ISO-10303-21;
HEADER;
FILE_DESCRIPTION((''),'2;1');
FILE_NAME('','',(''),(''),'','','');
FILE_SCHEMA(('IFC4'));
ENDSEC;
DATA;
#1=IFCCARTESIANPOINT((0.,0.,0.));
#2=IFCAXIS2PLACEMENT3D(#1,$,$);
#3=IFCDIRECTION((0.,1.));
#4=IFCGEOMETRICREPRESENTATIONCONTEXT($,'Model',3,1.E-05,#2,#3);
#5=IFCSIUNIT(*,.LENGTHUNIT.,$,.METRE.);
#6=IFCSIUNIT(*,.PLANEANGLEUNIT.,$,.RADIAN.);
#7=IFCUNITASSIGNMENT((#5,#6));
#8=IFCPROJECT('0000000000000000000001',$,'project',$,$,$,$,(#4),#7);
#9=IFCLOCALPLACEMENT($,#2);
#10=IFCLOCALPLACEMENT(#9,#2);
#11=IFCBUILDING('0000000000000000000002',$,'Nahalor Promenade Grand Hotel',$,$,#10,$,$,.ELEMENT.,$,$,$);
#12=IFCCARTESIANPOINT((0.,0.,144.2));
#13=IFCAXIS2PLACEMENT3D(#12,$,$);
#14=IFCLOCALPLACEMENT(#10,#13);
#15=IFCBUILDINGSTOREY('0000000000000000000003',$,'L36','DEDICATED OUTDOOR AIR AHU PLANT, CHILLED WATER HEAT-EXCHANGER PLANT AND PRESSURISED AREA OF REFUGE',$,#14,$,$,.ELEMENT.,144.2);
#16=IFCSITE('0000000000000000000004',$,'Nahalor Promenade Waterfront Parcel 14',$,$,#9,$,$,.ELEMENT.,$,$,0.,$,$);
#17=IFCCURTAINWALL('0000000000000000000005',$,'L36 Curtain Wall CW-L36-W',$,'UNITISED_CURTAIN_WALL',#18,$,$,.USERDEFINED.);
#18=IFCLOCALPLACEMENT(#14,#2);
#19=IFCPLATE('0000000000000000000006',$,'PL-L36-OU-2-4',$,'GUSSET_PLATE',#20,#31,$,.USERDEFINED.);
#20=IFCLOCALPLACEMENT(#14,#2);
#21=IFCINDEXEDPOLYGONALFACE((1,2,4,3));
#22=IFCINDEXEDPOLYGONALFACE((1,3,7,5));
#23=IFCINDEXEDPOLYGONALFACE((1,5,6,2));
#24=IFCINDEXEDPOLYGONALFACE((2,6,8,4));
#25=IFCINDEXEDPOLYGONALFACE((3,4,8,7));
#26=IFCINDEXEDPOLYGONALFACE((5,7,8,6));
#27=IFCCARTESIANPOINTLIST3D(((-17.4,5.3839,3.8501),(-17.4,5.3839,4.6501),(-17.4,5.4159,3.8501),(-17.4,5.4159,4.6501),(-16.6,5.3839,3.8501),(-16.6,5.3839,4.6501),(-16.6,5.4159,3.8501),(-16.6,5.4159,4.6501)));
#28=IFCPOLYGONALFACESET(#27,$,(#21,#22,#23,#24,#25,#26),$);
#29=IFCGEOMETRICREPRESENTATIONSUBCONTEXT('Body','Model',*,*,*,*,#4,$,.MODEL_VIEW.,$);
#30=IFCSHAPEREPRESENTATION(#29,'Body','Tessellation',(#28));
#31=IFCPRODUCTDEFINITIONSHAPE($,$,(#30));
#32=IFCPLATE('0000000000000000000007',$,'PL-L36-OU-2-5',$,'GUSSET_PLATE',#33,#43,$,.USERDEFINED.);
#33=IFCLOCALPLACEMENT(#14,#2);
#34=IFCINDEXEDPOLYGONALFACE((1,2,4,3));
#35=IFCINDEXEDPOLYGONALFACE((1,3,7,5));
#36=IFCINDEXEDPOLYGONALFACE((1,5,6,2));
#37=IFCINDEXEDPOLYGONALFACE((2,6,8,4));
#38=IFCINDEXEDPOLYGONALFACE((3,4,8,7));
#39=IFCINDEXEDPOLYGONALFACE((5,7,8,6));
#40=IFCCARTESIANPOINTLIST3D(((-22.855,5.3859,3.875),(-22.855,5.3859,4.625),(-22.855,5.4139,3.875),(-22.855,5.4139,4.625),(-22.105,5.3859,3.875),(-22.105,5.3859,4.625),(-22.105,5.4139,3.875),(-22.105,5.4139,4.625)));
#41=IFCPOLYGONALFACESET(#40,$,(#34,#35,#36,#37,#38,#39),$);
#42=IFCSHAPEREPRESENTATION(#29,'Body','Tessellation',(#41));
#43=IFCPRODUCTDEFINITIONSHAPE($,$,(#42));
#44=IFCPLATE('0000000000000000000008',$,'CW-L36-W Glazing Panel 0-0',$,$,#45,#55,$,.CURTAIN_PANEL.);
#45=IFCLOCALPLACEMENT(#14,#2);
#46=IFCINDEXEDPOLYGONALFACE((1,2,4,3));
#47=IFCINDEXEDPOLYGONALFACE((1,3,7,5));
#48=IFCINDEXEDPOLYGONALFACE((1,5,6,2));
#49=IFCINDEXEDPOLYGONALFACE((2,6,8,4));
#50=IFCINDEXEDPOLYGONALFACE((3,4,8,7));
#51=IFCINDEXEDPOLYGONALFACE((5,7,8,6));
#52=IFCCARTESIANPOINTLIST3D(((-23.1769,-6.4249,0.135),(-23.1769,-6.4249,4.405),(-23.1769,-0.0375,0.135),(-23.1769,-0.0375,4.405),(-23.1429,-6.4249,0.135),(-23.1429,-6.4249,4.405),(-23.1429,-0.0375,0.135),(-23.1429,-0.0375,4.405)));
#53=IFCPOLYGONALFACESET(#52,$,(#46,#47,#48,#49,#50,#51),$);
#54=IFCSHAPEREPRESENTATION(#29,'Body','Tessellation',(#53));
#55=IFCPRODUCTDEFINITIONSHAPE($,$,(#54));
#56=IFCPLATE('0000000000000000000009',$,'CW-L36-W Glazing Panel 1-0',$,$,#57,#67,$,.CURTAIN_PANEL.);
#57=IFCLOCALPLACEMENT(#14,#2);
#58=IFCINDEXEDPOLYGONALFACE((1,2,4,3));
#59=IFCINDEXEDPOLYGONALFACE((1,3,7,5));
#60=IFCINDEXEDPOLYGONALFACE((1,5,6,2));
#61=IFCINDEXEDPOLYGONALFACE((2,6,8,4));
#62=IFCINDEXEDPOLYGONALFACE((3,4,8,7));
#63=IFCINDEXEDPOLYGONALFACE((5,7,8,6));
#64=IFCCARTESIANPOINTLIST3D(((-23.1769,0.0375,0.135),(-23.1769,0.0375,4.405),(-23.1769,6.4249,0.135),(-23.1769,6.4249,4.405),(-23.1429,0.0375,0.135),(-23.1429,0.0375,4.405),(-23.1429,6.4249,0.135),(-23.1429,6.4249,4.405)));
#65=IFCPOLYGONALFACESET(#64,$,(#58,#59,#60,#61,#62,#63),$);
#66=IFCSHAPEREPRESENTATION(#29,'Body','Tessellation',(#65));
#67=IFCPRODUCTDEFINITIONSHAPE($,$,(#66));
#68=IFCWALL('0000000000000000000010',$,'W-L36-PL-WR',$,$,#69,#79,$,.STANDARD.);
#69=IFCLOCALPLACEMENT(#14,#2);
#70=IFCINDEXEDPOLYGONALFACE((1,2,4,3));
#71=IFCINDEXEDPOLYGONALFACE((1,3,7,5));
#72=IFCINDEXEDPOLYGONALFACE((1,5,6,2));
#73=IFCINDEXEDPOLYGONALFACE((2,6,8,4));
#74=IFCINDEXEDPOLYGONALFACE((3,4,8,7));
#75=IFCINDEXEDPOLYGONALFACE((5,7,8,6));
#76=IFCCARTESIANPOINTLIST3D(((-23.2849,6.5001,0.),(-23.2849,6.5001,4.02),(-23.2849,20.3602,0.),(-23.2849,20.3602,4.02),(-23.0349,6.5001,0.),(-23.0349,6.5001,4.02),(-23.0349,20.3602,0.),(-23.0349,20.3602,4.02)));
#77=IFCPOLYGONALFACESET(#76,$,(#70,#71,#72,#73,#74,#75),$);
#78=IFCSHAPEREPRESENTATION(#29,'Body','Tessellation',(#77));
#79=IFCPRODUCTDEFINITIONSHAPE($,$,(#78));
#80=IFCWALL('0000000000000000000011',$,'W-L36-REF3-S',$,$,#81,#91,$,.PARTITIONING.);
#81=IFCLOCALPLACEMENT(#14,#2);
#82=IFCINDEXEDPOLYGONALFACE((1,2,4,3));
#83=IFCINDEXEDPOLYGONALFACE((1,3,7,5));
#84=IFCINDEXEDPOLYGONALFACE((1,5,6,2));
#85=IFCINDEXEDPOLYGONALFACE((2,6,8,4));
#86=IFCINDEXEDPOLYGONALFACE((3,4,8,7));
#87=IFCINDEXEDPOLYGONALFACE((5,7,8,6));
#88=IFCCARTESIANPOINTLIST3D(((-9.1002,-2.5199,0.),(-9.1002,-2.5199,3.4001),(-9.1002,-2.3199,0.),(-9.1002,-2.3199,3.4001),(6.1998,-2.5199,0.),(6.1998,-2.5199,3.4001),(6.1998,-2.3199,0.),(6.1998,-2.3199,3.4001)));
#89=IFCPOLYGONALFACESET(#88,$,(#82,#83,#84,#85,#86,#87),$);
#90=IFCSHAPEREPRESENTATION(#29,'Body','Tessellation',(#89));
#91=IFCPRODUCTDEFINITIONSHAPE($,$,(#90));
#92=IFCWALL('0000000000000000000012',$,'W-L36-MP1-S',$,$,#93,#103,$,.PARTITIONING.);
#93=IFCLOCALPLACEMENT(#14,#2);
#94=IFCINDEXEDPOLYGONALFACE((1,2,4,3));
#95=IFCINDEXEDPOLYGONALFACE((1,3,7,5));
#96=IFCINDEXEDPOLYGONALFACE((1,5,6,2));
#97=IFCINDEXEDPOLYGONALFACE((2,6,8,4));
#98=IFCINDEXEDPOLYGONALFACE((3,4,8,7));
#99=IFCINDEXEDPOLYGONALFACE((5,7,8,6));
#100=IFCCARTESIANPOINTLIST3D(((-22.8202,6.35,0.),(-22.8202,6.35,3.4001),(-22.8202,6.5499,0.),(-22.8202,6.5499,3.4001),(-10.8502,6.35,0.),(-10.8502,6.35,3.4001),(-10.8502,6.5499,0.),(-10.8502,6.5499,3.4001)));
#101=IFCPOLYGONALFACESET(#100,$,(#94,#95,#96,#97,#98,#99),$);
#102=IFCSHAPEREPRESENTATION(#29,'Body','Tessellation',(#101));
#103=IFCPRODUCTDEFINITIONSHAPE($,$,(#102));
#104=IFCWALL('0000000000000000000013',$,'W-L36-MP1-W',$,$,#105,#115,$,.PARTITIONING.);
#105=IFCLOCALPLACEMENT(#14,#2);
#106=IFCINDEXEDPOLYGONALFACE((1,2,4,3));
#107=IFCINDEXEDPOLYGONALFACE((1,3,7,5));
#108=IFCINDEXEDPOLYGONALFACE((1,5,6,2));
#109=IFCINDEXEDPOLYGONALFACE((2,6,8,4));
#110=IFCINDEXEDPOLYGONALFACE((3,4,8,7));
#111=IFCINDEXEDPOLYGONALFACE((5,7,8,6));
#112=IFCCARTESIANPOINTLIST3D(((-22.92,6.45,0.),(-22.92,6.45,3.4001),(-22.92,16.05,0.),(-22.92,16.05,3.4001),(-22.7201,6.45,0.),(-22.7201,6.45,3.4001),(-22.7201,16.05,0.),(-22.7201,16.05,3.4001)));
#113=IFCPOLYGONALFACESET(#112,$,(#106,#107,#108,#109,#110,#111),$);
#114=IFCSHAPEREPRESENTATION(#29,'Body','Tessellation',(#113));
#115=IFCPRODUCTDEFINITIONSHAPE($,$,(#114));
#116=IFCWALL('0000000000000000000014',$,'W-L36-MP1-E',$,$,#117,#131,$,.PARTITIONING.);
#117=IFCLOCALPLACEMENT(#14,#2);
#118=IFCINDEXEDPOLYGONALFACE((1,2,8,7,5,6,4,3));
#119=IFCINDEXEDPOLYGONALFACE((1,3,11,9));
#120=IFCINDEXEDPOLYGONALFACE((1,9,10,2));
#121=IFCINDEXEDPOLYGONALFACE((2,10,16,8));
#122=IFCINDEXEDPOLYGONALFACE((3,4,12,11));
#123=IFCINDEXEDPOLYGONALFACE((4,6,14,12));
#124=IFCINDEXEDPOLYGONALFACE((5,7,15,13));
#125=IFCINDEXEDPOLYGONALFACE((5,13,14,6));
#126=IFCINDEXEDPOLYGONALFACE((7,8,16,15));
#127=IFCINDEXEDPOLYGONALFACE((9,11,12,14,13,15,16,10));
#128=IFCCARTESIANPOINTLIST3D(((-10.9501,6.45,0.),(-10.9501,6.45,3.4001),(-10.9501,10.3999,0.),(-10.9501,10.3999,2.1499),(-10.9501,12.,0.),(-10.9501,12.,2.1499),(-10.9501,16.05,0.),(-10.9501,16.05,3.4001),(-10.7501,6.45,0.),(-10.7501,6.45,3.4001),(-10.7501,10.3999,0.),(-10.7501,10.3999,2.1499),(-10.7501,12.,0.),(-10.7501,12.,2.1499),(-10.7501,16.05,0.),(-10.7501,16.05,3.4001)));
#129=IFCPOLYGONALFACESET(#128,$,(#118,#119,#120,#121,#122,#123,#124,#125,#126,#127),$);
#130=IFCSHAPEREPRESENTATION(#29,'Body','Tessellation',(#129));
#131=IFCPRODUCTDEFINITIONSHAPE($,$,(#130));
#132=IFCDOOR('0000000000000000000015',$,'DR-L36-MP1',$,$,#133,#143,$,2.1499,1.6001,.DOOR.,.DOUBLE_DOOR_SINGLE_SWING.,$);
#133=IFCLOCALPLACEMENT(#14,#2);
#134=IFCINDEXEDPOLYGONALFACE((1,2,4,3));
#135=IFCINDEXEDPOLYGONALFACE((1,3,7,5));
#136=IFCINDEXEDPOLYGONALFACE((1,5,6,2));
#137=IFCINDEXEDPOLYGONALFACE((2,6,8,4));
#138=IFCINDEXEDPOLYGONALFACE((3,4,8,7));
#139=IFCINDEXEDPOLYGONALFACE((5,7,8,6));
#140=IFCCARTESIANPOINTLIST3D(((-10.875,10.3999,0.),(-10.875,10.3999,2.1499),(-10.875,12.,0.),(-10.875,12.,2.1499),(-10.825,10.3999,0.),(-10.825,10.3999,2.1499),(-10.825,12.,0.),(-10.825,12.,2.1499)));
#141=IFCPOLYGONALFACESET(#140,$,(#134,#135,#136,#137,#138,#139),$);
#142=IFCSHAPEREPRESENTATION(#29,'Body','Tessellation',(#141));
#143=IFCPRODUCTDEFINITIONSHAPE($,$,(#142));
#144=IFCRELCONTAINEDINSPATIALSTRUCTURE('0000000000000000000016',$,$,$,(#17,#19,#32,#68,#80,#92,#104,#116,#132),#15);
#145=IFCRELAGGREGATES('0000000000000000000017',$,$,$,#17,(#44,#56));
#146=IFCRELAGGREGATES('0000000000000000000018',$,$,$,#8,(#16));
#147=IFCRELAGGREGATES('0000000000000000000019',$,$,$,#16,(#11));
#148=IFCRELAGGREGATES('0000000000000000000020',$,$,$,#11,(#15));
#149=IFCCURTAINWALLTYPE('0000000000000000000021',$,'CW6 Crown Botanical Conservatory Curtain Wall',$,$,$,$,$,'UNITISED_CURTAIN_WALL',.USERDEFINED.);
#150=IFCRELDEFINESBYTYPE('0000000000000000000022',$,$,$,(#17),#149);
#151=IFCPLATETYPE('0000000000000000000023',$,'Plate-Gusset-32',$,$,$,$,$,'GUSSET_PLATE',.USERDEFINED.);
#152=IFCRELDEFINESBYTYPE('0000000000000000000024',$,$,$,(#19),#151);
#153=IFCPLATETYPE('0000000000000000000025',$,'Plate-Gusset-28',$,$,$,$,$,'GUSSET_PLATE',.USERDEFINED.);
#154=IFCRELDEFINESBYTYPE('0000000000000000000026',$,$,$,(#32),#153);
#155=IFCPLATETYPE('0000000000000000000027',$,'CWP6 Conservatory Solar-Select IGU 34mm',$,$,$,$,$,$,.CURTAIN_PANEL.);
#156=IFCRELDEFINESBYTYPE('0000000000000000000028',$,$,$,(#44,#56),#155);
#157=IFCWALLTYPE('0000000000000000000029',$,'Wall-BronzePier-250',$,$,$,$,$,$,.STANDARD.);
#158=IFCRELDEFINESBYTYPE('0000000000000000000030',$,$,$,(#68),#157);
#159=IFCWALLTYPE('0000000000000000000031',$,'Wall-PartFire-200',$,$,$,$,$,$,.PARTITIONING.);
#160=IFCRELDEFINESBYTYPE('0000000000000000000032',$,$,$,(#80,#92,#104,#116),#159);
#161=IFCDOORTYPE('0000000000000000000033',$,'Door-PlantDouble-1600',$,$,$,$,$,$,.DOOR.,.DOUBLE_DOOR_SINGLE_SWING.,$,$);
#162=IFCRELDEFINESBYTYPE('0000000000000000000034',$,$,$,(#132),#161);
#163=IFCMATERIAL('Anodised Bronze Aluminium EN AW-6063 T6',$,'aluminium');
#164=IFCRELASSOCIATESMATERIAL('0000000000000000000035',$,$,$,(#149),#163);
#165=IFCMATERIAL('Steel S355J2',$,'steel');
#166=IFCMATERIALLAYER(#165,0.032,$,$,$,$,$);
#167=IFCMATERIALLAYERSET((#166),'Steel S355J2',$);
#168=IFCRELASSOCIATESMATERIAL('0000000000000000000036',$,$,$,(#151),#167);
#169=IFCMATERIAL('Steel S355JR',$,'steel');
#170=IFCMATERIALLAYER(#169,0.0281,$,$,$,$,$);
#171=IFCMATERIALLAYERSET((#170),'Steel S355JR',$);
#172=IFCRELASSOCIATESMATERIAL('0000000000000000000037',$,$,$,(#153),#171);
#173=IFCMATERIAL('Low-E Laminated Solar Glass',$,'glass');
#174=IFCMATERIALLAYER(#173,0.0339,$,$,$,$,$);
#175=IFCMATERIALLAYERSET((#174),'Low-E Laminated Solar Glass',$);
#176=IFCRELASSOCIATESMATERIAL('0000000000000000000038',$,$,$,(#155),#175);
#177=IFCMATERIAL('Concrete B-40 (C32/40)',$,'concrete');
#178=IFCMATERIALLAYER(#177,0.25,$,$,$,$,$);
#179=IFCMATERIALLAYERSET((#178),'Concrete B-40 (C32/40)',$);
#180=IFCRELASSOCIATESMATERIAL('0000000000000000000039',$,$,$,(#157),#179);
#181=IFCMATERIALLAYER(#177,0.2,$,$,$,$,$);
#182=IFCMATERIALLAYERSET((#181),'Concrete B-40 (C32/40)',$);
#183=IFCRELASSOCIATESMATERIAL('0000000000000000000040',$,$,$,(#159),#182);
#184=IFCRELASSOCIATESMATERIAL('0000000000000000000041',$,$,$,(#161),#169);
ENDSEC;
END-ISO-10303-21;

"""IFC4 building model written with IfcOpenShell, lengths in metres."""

from ifc_helpers import new_model, si_unit, direction, frame, frame_2d, origin, origin_2d, place, context, subcontext, project, spatial, rectangle, extrude, source, transform, mapped, material, layer, layer_set, type_object, element, fill, aggregate, save


model = new_model("IFC4")

# Units and contexts
model_context = context("Model", 3, precision=1e-05, world=origin(), true_north=direction((0.0, 1.0)))
body_context = subcontext(model_context, "Body", "Model", "MODEL_VIEW")
ifc_project = project(units=[si_unit("LENGTHUNIT", "METRE"), si_unit("PLANEANGLEUNIT", "RADIAN")], contexts=[model_context])

# Site, building, storey
site_placement = place(None, origin())
site = spatial("IfcSite", under=ifc_project, at=site_placement, Name="Nahalor Promenade Waterfront Parcel 14", CompositionType="ELEMENT", RefElevation=0.0)
building_placement = place(site_placement, origin())
building = spatial("IfcBuilding", under=site, at=building_placement, Name="Nahalor Promenade Grand Hotel", CompositionType="ELEMENT")
storey_placement = place(building_placement, frame((0.0, 0.0, 144.2)))
storey = spatial("IfcBuildingStorey", under=building, at=storey_placement, Name="L36", Description="DEDICATED OUTDOOR AIR AHU PLANT, CHILLED WATER HEAT-EXCHANGER PLANT AND PRESSURISED AREA OF REFUGE", CompositionType="ELEMENT", Elevation=144.2)

# Shared definitions
ifc_material_1 = material(Name="Steel S355J2", Category="steel")

# Shared definitions
ifc_material_2 = material(Name="Steel S355JR", Category="steel")

# Curtain wall
ifc_material_3 = material(Name="Anodised Bronze Aluminium EN AW-6063 T6", Category="aluminium")
curtain_wall_type = type_object("IfcCurtainWallType", Name="CW6 Crown Botanical Conservatory Curtain Wall", ElementType="UNITISED_CURTAIN_WALL", PredefinedType="USERDEFINED", material=ifc_material_3)
curtain_wall_placement = place(storey_placement, origin())
curtain_wall = element("IfcCurtainWall", 1, at=curtain_wall_placement, inside=storey, type_object=curtain_wall_type, Name="L36 Curtain Wall CW-L36-W", ObjectType="UNITISED_CURTAIN_WALL", PredefinedType="USERDEFINED")

# Plates
ifc_layer_1 = layer(ifc_material_1, 0.032)
ifc_layer_set_1 = layer_set([ifc_layer_1], Name="Steel S355J2")
plate_type_1 = type_object("IfcPlateType", Name="Plate-Gusset-32", ElementType="GUSSET_PLATE", PredefinedType="USERDEFINED", material=ifc_layer_set_1)
shared_shape_1 = source(origin(), body_context, "Body", "SweptSolid", [
    extrude(rectangle(XDim=0.8, YDim=0.032, at=origin_2d()), origin(), (0.0, 0.0, 1.0), 0.8),
])
plate_1_placement = place(storey_placement, frame((-17.0, 5.3999, 3.8501), z_axis=(0.0, 0.0, 1.0), x_axis=(1.0, 0.0, 0.0)))
element("IfcPlate", 2, at=plate_1_placement, inside=storey, type_object=plate_type_1, Name="PL-L36-OU-2-4", ObjectType="GUSSET_PLATE", PredefinedType="USERDEFINED", context=body_context, shape_type="MappedRepresentation", body=[
    mapped(shared_shape_1, transform((0.0, 0.0, 0.0), scale=1.0)),
])
ifc_layer_2 = layer(ifc_material_2, 0.0281)
ifc_layer_set_2 = layer_set([ifc_layer_2], Name="Steel S355JR")
plate_type_2 = type_object("IfcPlateType", Name="Plate-Gusset-28", ElementType="GUSSET_PLATE", PredefinedType="USERDEFINED", material=ifc_layer_set_2)
shared_shape_2 = source(origin(), body_context, "Body", "SweptSolid", [
    extrude(rectangle(XDim=0.75, YDim=0.0281, at=origin_2d()), origin(), (0.0, 0.0, 1.0), 0.75),
])
plate_2_placement = place(storey_placement, frame((-22.48, 5.3999, 3.875), z_axis=(0.0, 0.0, 1.0), x_axis=(1.0, 0.0, 0.0)))
element("IfcPlate", 3, at=plate_2_placement, inside=storey, type_object=plate_type_2, Name="PL-L36-OU-2-5", ObjectType="GUSSET_PLATE", PredefinedType="USERDEFINED", context=body_context, shape_type="MappedRepresentation", body=[
    mapped(shared_shape_2, transform((0.0, 0.0, 0.0), scale=1.0)),
])

# Plates
ifc_material_4 = material(Name="Low-E Laminated Solar Glass", Category="glass")
ifc_layer_3 = layer(ifc_material_4, 0.0339)
ifc_layer_set_3 = layer_set([ifc_layer_3], Name="Low-E Laminated Solar Glass")
plate_type_3 = type_object("IfcPlateType", Name="CWP6 Conservatory Solar-Select IGU 34mm", PredefinedType="CURTAIN_PANEL", material=ifc_layer_set_3)
shared_shape_3 = source(origin(), body_context, "Body", "SweptSolid", [
    extrude(rectangle(XDim=6.3875, YDim=0.0339, at=origin_2d()), origin(), (0.0, 0.0, 1.0), 4.27),
])
plate_3_placement = place(storey_placement, frame((-23.1599, -3.2312, 0.135), z_axis=(0.0, 0.0, 1.0), x_axis=(0.0, 1.0, 0.0)))
plate_3 = element("IfcPlate", 4, at=plate_3_placement, type_object=plate_type_3, Name="CW-L36-W Glazing Panel 0-0", PredefinedType="CURTAIN_PANEL", context=body_context, shape_type="MappedRepresentation", body=[
    mapped(shared_shape_3, transform((0.0, 0.0, 0.0), scale=1.0)),
])
plate_4_placement = place(storey_placement, frame((-23.1599, 3.2312, 0.135), z_axis=(0.0, 0.0, 1.0), x_axis=(0.0, 1.0, 0.0)))
plate_4 = element("IfcPlate", 5, at=plate_4_placement, type_object=plate_type_3, Name="CW-L36-W Glazing Panel 1-0", PredefinedType="CURTAIN_PANEL", context=body_context, shape_type="MappedRepresentation", body=[
    mapped(shared_shape_3, transform((0.0, 0.0, 0.0), scale=1.0)),
])
aggregate(curtain_wall, [plate_3, plate_4])

# Walls
ifc_material_5 = material(Name="Concrete B-40 (C32/40)", Category="concrete")
ifc_layer_4 = layer(ifc_material_5, 0.25)
ifc_layer_set_4 = layer_set([ifc_layer_4], Name="Concrete B-40 (C32/40)")
wall_type_1 = type_object("IfcWallType", Name="Wall-BronzePier-250", PredefinedType="STANDARD", material=ifc_layer_set_4)
shared_shape_4 = source(origin(), body_context, "Body", "SweptSolid", [
    extrude(rectangle(XDim=13.8601, YDim=0.25, at=frame_2d((6.9302, 0.0))), origin(), (0.0, 0.0, 1.0), 4.02),
])
wall_1_placement = place(storey_placement, frame((-23.1599, 6.5, 0.0), z_axis=(0.0, 0.0, 1.0), x_axis=(0.0, 1.0, 0.0)))
element("IfcWall", 6, at=wall_1_placement, inside=storey, type_object=wall_type_1, Name="W-L36-PL-WR", PredefinedType="STANDARD", context=body_context, shape_type="MappedRepresentation", body=[
    mapped(shared_shape_4, transform((0.0, 0.0, 0.0), scale=1.0)),
])
ifc_layer_5 = layer(ifc_material_5, 0.2)
ifc_layer_set_5 = layer_set([ifc_layer_5], Name="Concrete B-40 (C32/40)")
wall_type_2 = type_object("IfcWallType", Name="Wall-PartFire-200", PredefinedType="PARTITIONING", material=ifc_layer_set_5)
shared_shape_5 = source(origin(), body_context, "Body", "SweptSolid", [
    extrude(rectangle(XDim=15.3, YDim=0.2, at=frame_2d((7.6499, 0.0))), origin(), (0.0, 0.0, 1.0), 3.4001),
])
wall_2_placement = place(storey_placement, frame((-9.1001, -2.4199, 0.0), z_axis=(0.0, 0.0, 1.0), x_axis=(1.0, 0.0, 0.0)))
element("IfcWall", 7, at=wall_2_placement, inside=storey, type_object=wall_type_2, Name="W-L36-REF3-S", PredefinedType="PARTITIONING", context=body_context, shape_type="MappedRepresentation", body=[
    mapped(shared_shape_5, transform((0.0, 0.0, 0.0), scale=1.0)),
])
shared_shape_6 = source(origin(), body_context, "Body", "SweptSolid", [
    extrude(rectangle(XDim=11.97, YDim=0.2, at=frame_2d((5.9849, 0.0))), origin(), (0.0, 0.0, 1.0), 3.4001),
])
wall_3_placement = place(storey_placement, frame((-22.8201, 6.45, 0.0), z_axis=(0.0, 0.0, 1.0), x_axis=(1.0, 0.0, 0.0)))
element("IfcWall", 8, at=wall_3_placement, inside=storey, type_object=wall_type_2, Name="W-L36-MP1-S", PredefinedType="PARTITIONING", context=body_context, shape_type="MappedRepresentation", body=[
    mapped(shared_shape_6, transform((0.0, 0.0, 0.0), scale=1.0)),
])
shared_shape_7 = source(origin(), body_context, "Body", "SweptSolid", [
    extrude(rectangle(XDim=9.6001, YDim=0.2, at=frame_2d((4.8, 0.0))), origin(), (0.0, 0.0, 1.0), 3.4001),
])
wall_4_placement = place(storey_placement, frame((-22.8201, 6.45, 0.0), z_axis=(0.0, 0.0, 1.0), x_axis=(0.0, 1.0, 0.0)))
element("IfcWall", 9, at=wall_4_placement, inside=storey, type_object=wall_type_2, Name="W-L36-MP1-W", PredefinedType="PARTITIONING", context=body_context, shape_type="MappedRepresentation", body=[
    mapped(shared_shape_7, transform((0.0, 0.0, 0.0), scale=1.0)),
])

# Wall, opening, door
wall_5_placement = place(storey_placement, frame((-10.8501, 6.45, 0.0), z_axis=(0.0, 0.0, 1.0), x_axis=(0.0, 1.0, 0.0)))
wall_5 = element("IfcWall", 10, at=wall_5_placement, inside=storey, type_object=wall_type_2, Name="W-L36-MP1-E", PredefinedType="PARTITIONING", context=body_context, shape_type="MappedRepresentation", body=[
    mapped(shared_shape_7, transform((0.0, 0.0, 0.0), scale=1.0)),
])
opening_placement = place(wall_5_placement, frame((3.95, 0.0, 0.0)))
opening = element("IfcOpeningElement", 11, at=opening_placement, cuts=wall_5, PredefinedType="OPENING", context=body_context, shape_type="SweptSolid", body=[
    extrude(rectangle(XDim=1.6001, YDim=2.1499, at=frame_2d((0.8, 1.075))), frame((0.0, 0.1099, 0.0), z_axis=(0.0, -1.0, 0.0), x_axis=(1.0, 0.0, 0.0)), (0.0, 0.0, 1.0), 0.22),
])
door_type = type_object("IfcDoorType", Name="Door-PlantDouble-1600", OperationType="DOUBLE_DOOR_SINGLE_SWING", PredefinedType="DOOR", material=ifc_material_2)
shared_shape_8 = source(origin(), body_context, "Body", "SweptSolid", [
    extrude(rectangle(XDim=1.6001, YDim=2.1499, at=frame_2d((0.8, 1.075))), frame((0.0, 0.0249, 0.0), z_axis=(0.0, -1.0, 0.0), x_axis=(1.0, 0.0, 0.0)), (0.0, 0.0, 1.0), 0.05),
])
door_placement = place(opening_placement, origin())
door = element("IfcDoor", 12, at=door_placement, inside=storey, type_object=door_type, Name="DR-L36-MP1", OperationType="DOUBLE_DOOR_SINGLE_SWING", OverallHeight=2.1499, OverallWidth=1.6001, PredefinedType="DOOR", context=body_context, shape_type="MappedRepresentation", body=[
    mapped(shared_shape_8, transform((0.0, 0.0, 0.0), scale=1.0)),
])
fill(opening, door)

save(model, "model.ifc")
